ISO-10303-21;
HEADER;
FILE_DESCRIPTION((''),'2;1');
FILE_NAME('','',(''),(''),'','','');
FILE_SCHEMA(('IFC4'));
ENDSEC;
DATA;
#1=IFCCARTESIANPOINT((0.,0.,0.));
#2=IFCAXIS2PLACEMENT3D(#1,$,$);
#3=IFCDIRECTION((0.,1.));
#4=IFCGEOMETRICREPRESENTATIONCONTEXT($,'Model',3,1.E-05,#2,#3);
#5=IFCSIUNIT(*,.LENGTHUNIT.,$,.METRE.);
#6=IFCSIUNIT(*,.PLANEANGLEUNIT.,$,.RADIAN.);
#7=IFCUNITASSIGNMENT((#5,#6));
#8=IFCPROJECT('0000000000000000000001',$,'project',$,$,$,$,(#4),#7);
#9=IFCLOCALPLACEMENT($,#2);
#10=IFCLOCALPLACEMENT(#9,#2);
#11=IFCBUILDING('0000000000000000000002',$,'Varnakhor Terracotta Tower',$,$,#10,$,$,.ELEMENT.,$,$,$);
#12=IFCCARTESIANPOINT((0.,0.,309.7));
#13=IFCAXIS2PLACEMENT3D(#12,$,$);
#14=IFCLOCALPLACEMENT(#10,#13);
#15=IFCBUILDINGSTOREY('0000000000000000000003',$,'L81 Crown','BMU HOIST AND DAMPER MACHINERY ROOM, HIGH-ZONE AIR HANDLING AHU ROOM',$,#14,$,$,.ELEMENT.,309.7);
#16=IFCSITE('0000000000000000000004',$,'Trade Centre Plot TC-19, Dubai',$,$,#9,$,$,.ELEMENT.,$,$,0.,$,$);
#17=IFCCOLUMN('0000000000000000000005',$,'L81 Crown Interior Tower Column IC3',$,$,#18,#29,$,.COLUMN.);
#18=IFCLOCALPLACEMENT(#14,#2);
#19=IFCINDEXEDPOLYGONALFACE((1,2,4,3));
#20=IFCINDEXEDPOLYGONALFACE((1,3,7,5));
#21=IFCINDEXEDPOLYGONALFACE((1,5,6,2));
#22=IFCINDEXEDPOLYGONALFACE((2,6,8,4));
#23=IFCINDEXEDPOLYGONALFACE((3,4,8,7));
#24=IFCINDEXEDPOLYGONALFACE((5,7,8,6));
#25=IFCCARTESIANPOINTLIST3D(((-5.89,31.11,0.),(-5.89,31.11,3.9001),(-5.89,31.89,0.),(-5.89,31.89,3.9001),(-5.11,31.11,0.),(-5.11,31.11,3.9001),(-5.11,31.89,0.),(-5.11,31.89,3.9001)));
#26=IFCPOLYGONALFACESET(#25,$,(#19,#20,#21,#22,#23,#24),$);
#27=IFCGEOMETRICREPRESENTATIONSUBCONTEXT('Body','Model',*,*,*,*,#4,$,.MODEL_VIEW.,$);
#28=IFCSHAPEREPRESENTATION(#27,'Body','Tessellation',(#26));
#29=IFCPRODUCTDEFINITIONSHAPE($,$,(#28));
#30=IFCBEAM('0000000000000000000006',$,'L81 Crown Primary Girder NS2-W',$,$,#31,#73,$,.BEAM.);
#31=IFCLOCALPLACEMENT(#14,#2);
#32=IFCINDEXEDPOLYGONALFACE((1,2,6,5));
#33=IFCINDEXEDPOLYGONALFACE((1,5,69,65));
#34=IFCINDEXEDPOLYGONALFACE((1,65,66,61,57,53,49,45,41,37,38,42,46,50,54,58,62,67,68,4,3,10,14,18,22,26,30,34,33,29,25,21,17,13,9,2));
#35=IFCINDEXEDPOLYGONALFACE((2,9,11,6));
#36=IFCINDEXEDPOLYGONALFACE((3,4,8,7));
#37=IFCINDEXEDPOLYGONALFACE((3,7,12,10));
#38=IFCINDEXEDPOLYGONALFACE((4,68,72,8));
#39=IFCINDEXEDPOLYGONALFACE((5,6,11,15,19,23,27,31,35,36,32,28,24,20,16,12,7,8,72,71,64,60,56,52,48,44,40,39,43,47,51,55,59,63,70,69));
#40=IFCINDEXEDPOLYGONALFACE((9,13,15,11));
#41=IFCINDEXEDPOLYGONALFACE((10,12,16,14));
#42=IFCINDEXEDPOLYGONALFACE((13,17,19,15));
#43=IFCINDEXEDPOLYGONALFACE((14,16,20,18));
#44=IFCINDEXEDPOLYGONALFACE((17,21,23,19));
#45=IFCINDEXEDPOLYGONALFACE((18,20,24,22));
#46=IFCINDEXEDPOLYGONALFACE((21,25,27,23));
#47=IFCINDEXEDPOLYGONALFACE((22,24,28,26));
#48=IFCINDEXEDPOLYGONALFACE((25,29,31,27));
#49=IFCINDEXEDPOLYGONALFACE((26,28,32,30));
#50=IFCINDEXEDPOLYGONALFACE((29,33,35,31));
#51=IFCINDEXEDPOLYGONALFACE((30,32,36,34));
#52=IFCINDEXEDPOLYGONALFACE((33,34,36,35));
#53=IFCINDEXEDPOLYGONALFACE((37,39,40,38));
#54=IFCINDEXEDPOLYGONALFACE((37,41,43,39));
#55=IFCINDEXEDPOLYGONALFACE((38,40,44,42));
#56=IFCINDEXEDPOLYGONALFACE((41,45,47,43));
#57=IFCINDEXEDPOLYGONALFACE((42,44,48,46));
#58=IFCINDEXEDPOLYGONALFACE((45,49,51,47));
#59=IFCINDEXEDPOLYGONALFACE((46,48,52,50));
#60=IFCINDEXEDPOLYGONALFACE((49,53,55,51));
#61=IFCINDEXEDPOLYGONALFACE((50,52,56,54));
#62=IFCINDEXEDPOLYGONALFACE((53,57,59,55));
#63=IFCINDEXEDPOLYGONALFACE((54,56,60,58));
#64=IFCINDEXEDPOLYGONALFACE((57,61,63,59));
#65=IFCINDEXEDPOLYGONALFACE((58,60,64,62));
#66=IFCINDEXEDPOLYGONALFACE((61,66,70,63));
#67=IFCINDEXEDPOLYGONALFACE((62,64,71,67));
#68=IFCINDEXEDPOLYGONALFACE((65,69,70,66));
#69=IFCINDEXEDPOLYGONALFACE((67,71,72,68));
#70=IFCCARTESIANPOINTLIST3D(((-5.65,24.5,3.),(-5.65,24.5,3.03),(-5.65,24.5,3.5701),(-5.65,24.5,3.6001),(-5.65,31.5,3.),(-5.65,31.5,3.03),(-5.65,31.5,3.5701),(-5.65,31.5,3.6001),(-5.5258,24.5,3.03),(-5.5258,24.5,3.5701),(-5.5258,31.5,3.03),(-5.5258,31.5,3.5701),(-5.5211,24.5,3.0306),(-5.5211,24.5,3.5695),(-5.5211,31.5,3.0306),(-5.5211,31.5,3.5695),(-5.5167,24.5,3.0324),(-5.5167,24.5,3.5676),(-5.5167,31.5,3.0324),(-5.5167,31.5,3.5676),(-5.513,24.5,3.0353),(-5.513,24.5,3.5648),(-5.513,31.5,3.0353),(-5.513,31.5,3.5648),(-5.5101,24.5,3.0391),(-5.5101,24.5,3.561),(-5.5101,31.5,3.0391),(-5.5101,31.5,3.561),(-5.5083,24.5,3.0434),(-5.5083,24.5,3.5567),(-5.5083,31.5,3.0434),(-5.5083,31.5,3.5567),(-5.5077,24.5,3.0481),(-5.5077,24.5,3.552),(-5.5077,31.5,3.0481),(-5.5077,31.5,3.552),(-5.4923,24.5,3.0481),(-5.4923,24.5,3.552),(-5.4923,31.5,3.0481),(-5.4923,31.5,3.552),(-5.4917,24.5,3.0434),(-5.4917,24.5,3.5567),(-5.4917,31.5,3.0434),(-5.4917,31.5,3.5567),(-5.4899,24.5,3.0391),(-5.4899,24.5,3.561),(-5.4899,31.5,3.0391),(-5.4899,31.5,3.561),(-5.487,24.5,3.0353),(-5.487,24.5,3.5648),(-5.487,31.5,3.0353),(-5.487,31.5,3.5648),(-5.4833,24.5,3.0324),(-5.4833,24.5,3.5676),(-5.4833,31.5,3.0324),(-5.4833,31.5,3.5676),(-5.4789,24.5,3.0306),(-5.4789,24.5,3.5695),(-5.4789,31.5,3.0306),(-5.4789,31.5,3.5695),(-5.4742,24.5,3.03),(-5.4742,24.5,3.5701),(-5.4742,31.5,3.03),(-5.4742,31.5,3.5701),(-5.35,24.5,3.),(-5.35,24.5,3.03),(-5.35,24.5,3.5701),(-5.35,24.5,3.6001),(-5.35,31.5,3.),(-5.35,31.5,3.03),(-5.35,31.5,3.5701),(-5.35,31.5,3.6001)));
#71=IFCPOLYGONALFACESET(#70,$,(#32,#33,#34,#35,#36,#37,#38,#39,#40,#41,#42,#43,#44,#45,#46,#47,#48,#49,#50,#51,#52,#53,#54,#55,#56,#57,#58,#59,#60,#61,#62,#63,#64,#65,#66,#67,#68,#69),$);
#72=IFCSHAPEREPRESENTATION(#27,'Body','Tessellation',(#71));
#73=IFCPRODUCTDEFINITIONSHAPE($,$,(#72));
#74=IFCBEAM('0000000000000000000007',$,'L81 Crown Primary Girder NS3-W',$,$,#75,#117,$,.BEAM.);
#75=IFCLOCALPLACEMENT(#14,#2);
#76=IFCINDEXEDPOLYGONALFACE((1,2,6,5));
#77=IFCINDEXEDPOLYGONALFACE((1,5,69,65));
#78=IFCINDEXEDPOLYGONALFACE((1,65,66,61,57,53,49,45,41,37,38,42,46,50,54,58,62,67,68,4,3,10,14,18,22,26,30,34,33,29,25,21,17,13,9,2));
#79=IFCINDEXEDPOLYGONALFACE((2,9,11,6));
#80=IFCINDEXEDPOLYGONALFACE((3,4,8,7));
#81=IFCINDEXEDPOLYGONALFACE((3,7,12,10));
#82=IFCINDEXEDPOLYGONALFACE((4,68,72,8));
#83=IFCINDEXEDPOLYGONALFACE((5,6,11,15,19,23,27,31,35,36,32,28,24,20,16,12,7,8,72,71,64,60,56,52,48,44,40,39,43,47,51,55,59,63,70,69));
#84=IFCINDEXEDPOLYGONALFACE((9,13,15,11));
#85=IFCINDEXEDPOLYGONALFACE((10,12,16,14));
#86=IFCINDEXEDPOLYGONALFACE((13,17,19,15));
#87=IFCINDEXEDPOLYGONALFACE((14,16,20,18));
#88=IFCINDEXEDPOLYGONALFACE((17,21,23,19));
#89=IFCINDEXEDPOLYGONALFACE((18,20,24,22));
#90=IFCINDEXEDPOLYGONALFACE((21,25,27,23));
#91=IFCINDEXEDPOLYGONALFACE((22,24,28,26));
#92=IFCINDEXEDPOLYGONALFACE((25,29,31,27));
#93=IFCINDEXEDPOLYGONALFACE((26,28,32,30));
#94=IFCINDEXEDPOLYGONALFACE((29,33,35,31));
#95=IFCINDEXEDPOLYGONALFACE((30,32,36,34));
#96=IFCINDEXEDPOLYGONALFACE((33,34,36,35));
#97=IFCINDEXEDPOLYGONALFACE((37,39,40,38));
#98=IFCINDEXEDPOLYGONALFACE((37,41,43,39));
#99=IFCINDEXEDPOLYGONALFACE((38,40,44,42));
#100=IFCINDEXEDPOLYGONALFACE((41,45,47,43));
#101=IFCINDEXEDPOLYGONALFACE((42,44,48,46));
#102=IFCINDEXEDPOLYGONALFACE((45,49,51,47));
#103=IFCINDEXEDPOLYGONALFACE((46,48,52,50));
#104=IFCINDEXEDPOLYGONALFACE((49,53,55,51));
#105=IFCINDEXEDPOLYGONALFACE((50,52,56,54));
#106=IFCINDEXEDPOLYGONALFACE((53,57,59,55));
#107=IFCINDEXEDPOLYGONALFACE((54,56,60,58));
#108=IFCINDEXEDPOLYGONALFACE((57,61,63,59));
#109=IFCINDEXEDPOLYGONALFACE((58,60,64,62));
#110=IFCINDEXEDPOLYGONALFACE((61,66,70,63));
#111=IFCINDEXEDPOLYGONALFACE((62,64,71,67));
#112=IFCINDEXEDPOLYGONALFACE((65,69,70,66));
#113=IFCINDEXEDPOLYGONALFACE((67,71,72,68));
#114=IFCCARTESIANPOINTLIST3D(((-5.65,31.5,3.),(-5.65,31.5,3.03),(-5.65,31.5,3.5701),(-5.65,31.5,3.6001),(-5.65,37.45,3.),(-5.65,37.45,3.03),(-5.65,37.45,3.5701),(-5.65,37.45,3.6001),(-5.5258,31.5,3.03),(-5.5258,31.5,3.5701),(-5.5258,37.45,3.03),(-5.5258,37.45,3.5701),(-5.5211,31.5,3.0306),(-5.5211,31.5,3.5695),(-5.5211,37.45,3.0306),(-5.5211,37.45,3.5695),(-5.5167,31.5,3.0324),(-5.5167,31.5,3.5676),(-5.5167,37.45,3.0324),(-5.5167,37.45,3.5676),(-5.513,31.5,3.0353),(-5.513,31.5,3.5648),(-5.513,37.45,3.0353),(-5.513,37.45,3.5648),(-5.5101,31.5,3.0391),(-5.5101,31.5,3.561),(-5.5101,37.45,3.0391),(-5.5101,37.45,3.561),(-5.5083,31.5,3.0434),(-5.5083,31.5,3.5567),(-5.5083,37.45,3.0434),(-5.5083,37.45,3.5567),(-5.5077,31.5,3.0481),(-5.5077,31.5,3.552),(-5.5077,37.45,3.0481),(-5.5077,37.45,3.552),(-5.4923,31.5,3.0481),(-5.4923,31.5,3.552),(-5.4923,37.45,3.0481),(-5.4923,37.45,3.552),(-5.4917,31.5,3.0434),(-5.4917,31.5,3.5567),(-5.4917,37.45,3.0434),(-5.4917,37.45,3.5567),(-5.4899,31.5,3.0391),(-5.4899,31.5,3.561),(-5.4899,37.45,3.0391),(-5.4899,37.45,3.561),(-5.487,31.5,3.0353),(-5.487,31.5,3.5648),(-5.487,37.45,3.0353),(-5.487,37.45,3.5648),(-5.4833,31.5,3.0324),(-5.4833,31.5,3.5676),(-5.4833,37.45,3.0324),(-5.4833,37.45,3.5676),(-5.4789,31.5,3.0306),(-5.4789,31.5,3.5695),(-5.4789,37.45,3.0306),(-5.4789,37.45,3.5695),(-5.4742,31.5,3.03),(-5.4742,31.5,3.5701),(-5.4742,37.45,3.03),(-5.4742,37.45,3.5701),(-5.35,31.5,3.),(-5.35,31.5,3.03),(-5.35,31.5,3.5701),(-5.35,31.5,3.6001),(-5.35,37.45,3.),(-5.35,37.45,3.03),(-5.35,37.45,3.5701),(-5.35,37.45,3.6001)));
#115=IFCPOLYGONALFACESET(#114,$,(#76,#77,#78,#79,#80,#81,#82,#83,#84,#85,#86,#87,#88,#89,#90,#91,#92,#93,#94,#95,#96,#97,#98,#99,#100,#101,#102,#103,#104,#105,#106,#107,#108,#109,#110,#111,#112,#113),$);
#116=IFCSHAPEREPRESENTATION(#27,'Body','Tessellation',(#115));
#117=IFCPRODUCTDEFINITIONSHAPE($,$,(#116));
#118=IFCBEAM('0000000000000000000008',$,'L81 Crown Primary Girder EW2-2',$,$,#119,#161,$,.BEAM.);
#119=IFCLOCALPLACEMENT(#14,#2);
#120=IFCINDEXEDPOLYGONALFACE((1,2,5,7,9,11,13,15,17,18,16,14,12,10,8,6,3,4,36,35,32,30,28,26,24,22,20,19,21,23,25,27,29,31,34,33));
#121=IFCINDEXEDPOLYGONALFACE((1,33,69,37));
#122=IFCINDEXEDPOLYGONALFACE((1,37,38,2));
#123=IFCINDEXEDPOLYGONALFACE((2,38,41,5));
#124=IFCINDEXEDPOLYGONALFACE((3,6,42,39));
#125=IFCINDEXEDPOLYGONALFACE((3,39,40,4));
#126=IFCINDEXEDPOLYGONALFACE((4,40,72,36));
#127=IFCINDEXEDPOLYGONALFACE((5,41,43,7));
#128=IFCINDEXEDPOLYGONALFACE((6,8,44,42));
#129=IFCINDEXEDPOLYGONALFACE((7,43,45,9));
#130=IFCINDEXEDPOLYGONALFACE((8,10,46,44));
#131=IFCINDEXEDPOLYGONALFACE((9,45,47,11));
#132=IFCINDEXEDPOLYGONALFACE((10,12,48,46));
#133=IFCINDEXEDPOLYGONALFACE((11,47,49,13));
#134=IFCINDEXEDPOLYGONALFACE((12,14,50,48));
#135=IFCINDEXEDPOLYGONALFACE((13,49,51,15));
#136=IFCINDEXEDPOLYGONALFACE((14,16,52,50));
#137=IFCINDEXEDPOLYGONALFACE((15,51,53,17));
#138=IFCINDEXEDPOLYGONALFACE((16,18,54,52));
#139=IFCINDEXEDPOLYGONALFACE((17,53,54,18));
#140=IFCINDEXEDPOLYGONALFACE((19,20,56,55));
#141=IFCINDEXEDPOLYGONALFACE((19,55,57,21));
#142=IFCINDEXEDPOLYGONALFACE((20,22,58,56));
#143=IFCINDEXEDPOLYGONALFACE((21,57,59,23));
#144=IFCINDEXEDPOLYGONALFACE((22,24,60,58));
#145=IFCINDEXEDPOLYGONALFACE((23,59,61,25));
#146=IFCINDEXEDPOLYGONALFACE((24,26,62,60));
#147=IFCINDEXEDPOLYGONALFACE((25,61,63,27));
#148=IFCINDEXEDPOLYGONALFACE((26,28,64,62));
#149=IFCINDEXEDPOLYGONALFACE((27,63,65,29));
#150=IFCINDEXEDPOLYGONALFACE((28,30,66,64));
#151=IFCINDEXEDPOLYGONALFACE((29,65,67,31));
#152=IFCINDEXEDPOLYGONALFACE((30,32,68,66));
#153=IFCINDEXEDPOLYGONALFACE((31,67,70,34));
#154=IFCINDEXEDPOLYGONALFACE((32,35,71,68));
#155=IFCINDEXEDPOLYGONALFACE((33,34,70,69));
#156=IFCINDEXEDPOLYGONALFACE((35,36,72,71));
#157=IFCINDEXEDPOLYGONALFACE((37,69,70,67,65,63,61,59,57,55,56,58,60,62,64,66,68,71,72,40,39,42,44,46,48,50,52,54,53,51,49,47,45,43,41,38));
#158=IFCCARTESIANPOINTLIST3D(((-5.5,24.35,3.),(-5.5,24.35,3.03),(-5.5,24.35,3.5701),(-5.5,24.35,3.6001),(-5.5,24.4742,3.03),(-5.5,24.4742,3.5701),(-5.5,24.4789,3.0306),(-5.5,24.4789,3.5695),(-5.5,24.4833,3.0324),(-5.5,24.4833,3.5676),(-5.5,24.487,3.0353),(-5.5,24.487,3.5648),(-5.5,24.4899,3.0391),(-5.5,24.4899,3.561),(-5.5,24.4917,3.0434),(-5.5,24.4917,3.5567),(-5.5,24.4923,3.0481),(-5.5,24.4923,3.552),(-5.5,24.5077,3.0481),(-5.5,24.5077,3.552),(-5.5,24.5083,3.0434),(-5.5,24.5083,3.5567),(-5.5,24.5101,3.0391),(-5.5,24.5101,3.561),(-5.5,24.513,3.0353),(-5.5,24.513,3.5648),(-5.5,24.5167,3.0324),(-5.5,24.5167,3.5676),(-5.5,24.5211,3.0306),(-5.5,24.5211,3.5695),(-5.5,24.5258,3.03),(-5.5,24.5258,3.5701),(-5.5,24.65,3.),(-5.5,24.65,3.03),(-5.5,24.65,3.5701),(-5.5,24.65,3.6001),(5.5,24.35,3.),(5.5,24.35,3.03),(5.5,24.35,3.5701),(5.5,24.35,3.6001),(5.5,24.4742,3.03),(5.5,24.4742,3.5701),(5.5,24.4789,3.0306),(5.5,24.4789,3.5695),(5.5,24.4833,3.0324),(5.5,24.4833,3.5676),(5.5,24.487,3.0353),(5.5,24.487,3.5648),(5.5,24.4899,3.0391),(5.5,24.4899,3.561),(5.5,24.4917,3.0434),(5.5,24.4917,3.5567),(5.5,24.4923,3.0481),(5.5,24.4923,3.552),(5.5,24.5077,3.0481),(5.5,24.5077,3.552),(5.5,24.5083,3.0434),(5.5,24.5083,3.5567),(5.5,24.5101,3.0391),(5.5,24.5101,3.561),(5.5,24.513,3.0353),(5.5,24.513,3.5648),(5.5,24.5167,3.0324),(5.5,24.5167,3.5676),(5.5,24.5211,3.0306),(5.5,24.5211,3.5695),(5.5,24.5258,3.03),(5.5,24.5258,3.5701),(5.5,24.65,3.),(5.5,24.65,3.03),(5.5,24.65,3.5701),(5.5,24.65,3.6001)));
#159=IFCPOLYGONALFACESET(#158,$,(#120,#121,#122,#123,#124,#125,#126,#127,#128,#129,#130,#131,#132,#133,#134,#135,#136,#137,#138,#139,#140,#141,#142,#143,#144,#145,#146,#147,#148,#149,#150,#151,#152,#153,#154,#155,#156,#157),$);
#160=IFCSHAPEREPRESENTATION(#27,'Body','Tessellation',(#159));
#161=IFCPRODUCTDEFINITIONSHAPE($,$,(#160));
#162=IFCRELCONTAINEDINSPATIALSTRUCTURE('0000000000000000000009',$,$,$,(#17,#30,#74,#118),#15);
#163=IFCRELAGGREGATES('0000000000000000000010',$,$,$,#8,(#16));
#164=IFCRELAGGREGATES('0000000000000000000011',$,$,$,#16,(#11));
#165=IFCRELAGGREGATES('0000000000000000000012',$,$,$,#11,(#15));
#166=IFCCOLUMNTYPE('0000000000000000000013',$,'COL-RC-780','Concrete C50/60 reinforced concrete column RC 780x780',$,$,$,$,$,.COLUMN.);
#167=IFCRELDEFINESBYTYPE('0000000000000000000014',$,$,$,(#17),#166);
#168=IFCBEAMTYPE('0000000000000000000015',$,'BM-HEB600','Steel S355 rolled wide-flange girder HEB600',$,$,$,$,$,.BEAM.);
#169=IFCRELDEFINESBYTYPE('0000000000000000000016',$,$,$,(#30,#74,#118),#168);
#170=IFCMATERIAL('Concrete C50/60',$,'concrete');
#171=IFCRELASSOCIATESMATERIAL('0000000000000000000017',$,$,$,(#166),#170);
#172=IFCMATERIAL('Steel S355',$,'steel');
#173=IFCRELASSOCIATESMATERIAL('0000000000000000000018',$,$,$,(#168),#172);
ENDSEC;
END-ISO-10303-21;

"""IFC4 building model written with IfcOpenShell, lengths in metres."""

from ifc_helpers import new_model, si_unit, direction, frame, origin, origin_2d, place, context, subcontext, project, spatial, rectangle, i_section, extrude, source, transform, mapped, material, material_profile, profile_set, type_object, element, save


model = new_model("IFC4")

# Units and contexts
model_context = context("Model", 3, precision=1e-05, world=origin(), true_north=direction((0.0, 1.0)))
body_context = subcontext(model_context, "Body", "Model", "MODEL_VIEW")
ifc_project = project(units=[si_unit("LENGTHUNIT", "METRE"), si_unit("PLANEANGLEUNIT", "RADIAN")], contexts=[model_context])

# Site, building, storey
site_placement = place(None, origin())
site = spatial("IfcSite", under=ifc_project, at=site_placement, Name="Trade Centre Plot TC-19, Dubai", CompositionType="ELEMENT", RefElevation=0.0)
building_placement = place(site_placement, origin())
building = spatial("IfcBuilding", under=site, at=building_placement, Name="Varnakhor Terracotta Tower", CompositionType="ELEMENT")
storey_placement = place(building_placement, frame((0.0, 0.0, 309.7)))
storey = spatial("IfcBuildingStorey", under=building, at=storey_placement, Name="L81 Crown", Description="BMU HOIST AND DAMPER MACHINERY ROOM, HIGH-ZONE AIR HANDLING AHU ROOM", CompositionType="ELEMENT", Elevation=309.7)

# Column
ifc_material_1 = material(Name="Concrete C50/60", Category="concrete")
ifc_material_profile_1 = material_profile(ifc_material_1, rectangle(XDim=0.78, YDim=0.78, at=origin_2d()), Name="RC 780x780")
ifc_profile_set_1 = profile_set([ifc_material_profile_1], Name="Concrete C50/60")
column_type = type_object("IfcColumnType", Name="COL-RC-780", Description="Concrete C50/60 reinforced concrete column RC 780x780", PredefinedType="COLUMN", material=ifc_profile_set_1)
shared_shape_1 = source(origin(), body_context, "Body", "SweptSolid", [
    extrude(rectangle(XDim=0.78, YDim=0.78, at=origin_2d()), origin(), (0.0, 0.0, 1.0), 3.9001),
])
column_placement = place(storey_placement, frame((-5.5, 31.5, 0.0), z_axis=(0.0, 0.0, 1.0), x_axis=(1.0, 0.0, 0.0)))
element("IfcColumn", 1, at=column_placement, inside=storey, type_object=column_type, Name="L81 Crown Interior Tower Column IC3", PredefinedType="COLUMN", context=body_context, shape_type="MappedRepresentation", body=[
    mapped(shared_shape_1, transform((0.0, 0.0, 0.0), scale=1.0)),
])

# Beams
ifc_material_2 = material(Name="Steel S355", Category="steel")
ifc_material_profile_2 = material_profile(ifc_material_2, i_section(OverallWidth=0.3, OverallDepth=0.6001, WebThickness=0.0154, FlangeThickness=0.03, FilletRadius=0.0181, at=origin_2d()), Name="HEB600")
ifc_profile_set_2 = profile_set([ifc_material_profile_2], Name="Steel S355")
beam_type_1 = type_object("IfcBeamType", Name="BM-HEB600", Description="Steel S355 rolled wide-flange girder HEB600", PredefinedType="BEAM", material=ifc_profile_set_2)
shared_shape_2 = source(origin(), body_context, "Body", "SweptSolid", [
    extrude(i_section(OverallWidth=0.3, OverallDepth=0.6001, WebThickness=0.0154, FlangeThickness=0.03, FilletRadius=0.0181, at=origin_2d()), origin(), (0.0, 0.0, 1.0), 7.0),
])
beam_1_placement = place(storey_placement, frame((-5.5, 24.5, 3.3), z_axis=(0.0, 1.0, 0.0), x_axis=(-1.0, 0.0, 0.0)))
element("IfcBeam", 2, at=beam_1_placement, inside=storey, type_object=beam_type_1, Name="L81 Crown Primary Girder NS2-W", PredefinedType="BEAM", context=body_context, shape_type="MappedRepresentation", body=[
    mapped(shared_shape_2, transform((0.0, 0.0, 0.0), scale=1.0)),
])
shared_shape_3 = source(origin(), body_context, "Body", "SweptSolid", [
    extrude(i_section(OverallWidth=0.3, OverallDepth=0.6001, WebThickness=0.0154, FlangeThickness=0.03, FilletRadius=0.0181, at=origin_2d()), origin(), (0.0, 0.0, 1.0), 5.95),
])
beam_2_placement = place(storey_placement, frame((-5.5, 31.5, 3.3), z_axis=(0.0, 1.0, 0.0), x_axis=(-1.0, 0.0, 0.0)))
element("IfcBeam", 3, at=beam_2_placement, inside=storey, type_object=beam_type_1, Name="L81 Crown Primary Girder NS3-W", PredefinedType="BEAM", context=body_context, shape_type="MappedRepresentation", body=[
    mapped(shared_shape_3, transform((0.0, 0.0, 0.0), scale=1.0)),
])
shared_shape_4 = source(origin(), body_context, "Body", "SweptSolid", [
    extrude(i_section(OverallWidth=0.3, OverallDepth=0.6001, WebThickness=0.0154, FlangeThickness=0.03, FilletRadius=0.0181, at=origin_2d()), origin(), (0.0, 0.0, 1.0), 11.0),
])
for number, where, z_axis, x_axis, name in (
    (4, (-5.5, 24.5, 3.3), (1.0, 0.0, 0.0), (0.0, 1.0, 0.0), "L81 Crown Primary Girder EW2-2"),
):
    element("IfcBeam", number, at=place(storey_placement, frame(where, z_axis=z_axis, x_axis=x_axis)), inside=storey, type_object=beam_type_1, Name=name, PredefinedType="BEAM", context=body_context, shape_type="MappedRepresentation", body=[
        mapped(shared_shape_4, transform((0.0, 0.0, 0.0), scale=1.0)),
    ])

save(model, "model.ifc")
